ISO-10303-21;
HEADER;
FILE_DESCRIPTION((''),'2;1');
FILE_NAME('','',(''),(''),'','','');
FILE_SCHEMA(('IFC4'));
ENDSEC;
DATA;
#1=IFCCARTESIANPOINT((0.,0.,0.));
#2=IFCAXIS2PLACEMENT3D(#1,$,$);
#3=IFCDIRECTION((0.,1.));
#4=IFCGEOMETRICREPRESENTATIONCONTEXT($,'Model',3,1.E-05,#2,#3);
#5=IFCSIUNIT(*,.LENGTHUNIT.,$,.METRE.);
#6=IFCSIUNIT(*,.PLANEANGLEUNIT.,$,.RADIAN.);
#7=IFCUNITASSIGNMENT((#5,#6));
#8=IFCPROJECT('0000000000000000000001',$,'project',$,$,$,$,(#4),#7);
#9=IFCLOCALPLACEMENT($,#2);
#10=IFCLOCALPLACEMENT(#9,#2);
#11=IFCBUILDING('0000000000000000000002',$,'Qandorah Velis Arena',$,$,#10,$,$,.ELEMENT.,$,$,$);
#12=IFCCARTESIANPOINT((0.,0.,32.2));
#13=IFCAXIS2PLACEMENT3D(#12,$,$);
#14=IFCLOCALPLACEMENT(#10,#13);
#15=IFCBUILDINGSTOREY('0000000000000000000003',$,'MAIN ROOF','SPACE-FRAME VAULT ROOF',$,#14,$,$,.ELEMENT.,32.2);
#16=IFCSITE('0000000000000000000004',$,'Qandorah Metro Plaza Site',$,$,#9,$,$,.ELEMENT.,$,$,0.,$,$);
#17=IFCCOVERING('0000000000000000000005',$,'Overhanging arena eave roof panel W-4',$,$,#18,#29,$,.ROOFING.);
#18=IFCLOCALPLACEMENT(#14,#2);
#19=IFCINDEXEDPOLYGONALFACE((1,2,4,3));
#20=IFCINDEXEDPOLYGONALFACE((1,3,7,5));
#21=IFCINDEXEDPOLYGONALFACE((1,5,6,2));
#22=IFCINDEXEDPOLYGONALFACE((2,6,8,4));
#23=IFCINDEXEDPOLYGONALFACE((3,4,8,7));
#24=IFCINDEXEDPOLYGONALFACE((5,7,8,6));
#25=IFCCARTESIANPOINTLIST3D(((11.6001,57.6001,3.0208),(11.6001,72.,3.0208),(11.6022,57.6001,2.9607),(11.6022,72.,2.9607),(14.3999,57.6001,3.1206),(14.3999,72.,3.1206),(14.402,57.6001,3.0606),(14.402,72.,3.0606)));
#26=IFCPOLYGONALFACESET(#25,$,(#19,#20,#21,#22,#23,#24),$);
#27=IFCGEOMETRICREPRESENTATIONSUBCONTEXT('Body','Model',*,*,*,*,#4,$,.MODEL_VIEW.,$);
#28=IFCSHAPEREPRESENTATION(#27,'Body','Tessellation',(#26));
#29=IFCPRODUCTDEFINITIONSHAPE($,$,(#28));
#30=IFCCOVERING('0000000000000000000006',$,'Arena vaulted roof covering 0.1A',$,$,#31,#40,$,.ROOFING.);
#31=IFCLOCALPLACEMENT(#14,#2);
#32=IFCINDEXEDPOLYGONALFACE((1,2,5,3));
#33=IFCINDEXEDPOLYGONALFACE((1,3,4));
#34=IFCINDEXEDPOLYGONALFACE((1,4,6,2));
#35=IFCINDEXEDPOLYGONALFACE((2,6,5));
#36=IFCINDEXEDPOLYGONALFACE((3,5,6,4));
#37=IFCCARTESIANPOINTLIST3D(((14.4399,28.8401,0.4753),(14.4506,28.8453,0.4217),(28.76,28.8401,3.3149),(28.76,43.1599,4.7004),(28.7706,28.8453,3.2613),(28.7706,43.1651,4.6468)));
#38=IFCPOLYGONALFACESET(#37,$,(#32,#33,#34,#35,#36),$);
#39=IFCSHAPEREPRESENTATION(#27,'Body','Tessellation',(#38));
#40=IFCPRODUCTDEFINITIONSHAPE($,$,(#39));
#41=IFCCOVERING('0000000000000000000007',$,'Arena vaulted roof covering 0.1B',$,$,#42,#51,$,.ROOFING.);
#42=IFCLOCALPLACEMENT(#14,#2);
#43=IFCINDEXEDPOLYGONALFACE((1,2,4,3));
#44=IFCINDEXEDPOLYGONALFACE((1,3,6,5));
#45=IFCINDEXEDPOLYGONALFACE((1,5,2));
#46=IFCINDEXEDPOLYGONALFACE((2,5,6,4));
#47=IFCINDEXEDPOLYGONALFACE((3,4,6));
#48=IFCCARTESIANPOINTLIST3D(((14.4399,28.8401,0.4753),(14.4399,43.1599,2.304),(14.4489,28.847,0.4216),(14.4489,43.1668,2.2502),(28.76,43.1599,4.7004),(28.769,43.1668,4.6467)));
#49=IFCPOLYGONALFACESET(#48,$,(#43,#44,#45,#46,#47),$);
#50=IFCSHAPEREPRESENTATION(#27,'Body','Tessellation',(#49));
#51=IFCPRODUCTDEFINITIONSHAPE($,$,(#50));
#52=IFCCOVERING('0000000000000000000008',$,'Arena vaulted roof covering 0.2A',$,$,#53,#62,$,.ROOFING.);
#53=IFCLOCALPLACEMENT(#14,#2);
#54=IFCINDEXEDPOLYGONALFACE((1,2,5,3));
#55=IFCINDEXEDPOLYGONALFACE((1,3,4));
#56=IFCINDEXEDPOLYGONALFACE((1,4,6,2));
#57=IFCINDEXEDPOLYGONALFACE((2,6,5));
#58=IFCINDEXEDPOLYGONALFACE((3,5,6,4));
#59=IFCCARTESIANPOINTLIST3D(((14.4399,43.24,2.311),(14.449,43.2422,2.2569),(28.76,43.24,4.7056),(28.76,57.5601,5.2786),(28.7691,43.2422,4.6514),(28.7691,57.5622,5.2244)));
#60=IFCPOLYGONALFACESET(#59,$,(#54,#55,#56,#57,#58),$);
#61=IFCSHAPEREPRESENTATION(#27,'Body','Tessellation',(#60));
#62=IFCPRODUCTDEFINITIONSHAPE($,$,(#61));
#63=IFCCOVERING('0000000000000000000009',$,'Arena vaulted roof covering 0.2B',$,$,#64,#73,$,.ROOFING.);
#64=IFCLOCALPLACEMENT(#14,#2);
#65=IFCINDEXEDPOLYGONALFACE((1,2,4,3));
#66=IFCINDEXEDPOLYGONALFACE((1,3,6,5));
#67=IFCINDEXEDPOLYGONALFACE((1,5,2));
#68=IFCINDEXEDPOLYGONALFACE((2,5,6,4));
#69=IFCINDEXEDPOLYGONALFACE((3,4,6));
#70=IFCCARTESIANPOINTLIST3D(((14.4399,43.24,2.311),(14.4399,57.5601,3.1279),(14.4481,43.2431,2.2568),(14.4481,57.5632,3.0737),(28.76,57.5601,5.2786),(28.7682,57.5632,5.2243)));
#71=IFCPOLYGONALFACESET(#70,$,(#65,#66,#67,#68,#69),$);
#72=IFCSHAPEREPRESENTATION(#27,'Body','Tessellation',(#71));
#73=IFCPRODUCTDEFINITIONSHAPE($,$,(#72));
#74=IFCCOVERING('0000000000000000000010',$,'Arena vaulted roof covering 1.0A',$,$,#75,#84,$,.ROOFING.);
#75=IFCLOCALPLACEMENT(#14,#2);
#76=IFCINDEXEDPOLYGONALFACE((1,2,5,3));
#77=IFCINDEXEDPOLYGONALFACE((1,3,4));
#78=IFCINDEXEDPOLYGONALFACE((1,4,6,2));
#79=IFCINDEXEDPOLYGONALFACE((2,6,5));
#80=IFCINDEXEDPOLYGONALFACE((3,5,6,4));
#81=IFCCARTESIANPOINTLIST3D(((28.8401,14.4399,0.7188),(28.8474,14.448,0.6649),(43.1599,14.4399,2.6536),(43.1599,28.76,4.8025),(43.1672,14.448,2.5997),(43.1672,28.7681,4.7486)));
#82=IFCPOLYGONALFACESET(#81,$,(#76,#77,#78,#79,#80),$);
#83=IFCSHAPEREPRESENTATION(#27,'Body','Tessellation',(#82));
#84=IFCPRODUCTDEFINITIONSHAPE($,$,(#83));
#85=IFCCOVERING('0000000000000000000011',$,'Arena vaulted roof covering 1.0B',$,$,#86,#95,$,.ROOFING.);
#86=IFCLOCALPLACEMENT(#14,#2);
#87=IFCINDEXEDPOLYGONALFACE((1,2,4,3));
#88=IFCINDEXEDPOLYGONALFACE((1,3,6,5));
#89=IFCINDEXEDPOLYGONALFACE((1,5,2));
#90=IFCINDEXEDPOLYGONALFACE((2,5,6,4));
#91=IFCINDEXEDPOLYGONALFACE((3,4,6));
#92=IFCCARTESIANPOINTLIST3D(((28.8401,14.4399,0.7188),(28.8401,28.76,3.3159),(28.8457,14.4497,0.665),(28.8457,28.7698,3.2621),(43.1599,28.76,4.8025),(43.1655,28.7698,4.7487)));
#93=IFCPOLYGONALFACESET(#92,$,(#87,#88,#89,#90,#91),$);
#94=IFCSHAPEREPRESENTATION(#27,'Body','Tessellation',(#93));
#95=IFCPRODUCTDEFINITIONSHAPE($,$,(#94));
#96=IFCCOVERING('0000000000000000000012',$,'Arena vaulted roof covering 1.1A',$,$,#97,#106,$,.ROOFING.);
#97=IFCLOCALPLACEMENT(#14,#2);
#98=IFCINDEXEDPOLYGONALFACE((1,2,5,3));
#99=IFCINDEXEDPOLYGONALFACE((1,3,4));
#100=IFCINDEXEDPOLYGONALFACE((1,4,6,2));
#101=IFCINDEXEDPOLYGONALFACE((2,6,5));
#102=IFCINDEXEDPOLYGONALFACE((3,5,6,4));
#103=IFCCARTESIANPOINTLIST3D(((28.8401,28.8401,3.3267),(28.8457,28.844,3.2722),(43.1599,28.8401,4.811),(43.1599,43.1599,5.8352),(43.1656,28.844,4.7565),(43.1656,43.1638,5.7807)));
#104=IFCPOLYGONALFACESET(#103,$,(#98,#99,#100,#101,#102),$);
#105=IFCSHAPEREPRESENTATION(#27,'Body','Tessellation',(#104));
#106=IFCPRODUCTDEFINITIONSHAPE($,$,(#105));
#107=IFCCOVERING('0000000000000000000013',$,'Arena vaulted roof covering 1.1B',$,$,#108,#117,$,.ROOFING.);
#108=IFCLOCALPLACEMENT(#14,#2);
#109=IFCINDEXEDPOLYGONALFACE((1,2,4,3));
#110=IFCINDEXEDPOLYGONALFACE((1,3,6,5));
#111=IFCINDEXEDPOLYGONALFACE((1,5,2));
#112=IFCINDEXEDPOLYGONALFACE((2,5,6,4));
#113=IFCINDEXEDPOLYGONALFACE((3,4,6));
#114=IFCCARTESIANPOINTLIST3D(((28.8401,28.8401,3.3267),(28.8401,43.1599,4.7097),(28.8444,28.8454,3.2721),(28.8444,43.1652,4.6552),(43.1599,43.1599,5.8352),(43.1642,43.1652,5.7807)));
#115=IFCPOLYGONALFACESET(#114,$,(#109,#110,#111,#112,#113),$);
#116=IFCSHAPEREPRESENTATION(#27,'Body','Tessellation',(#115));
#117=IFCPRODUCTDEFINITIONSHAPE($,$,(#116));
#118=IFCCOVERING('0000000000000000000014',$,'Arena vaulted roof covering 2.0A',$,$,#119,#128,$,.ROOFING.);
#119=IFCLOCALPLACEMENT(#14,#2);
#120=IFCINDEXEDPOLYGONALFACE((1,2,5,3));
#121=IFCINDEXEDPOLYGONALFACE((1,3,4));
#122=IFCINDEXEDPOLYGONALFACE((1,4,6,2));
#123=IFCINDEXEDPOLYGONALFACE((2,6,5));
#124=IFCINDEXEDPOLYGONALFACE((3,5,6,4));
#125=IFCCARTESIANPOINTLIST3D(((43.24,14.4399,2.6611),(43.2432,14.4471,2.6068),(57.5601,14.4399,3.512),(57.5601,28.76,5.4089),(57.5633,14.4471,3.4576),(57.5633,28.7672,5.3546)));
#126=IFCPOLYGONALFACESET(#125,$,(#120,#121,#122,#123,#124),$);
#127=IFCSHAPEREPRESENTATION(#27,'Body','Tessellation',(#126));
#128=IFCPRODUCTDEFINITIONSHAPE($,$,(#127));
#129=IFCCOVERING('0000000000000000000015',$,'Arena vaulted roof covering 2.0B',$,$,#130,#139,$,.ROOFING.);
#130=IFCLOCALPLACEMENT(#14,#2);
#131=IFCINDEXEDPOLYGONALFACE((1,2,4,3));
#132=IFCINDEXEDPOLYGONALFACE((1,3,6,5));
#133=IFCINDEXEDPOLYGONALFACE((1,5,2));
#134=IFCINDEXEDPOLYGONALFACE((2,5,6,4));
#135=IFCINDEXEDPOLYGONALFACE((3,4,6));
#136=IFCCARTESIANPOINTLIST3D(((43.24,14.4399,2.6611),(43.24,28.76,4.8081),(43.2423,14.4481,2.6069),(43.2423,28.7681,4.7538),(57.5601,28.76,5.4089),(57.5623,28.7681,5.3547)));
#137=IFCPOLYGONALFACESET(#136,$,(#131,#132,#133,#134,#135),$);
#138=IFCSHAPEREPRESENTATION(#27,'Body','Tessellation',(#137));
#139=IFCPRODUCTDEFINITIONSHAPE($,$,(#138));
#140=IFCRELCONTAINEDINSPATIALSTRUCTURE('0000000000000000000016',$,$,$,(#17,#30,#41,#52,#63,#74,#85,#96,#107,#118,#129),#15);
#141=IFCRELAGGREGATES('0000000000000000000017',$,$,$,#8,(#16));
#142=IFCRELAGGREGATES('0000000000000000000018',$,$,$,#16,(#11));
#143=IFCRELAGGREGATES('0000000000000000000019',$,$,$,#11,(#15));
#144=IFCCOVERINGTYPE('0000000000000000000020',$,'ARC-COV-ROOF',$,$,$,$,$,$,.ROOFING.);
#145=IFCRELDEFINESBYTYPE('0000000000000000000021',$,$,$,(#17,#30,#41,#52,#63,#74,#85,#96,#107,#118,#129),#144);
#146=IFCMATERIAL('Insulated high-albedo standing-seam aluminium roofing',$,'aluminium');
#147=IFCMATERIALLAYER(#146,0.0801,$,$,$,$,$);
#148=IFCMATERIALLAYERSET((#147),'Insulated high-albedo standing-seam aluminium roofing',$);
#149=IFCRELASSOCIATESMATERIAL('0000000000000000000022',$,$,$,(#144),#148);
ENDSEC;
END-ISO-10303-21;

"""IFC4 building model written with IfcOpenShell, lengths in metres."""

from ifc_helpers import new_model, si_unit, direction, frame, origin, place, context, subcontext, project, spatial, polyline, outline, extrude, material, layer, layer_set, type_object, element, save


model = new_model("IFC4")

# Units and contexts
model_context = context("Model", 3, precision=1e-05, world=origin(), true_north=direction((0.0, 1.0)))
body_context = subcontext(model_context, "Body", "Model", "MODEL_VIEW")
ifc_project = project(units=[si_unit("LENGTHUNIT", "METRE"), si_unit("PLANEANGLEUNIT", "RADIAN")], contexts=[model_context])

# Site, building, storey
site_placement = place(None, origin())
site = spatial("IfcSite", under=ifc_project, at=site_placement, Name="Qandorah Metro Plaza Site", CompositionType="ELEMENT", RefElevation=0.0)
building_placement = place(site_placement, origin())
building = spatial("IfcBuilding", under=site, at=building_placement, Name="Qandorah Velis Arena", CompositionType="ELEMENT")
storey_placement = place(building_placement, frame((0.0, 0.0, 32.2)))
storey = spatial("IfcBuildingStorey", under=building, at=storey_placement, Name="MAIN ROOF", Description="SPACE-FRAME VAULT ROOF", CompositionType="ELEMENT", Elevation=32.2)

# Coverings
ifc_material_1 = material(Name="Insulated high-albedo standing-seam aluminium roofing", Category="aluminium")
ifc_layer_1 = layer(ifc_material_1, 0.0801)
ifc_layer_set_1 = layer_set([ifc_layer_1], Name="Insulated high-albedo standing-seam aluminium roofing")
covering_type = type_object("IfcCoveringType", Name="ARC-COV-ROOF", PredefinedType="ROOFING", material=ifc_layer_set_1)
covering_1_placement = place(storey_placement, frame((11.6001, 57.6001, 3.0208), z_axis=(-0.035642, 0.0, 0.999365), x_axis=(0.999365, 0.0, 0.035642)))
element("IfcCovering", 1, at=covering_1_placement, inside=storey, type_object=covering_type, Name="Overhanging arena eave roof panel W-4", PredefinedType="ROOFING", context=body_context, shape_type="SweptSolid", body=[
    extrude(outline(polyline([(0.0, 0.0), (2.8016, 0.0), (2.8016, 14.3999), (0.0, 14.3999), (0.0, 0.0)])), origin(), (0.0, 0.0, -1.0), 0.0601),
])
covering_2_placement = place(storey_placement, frame((14.4399, 28.8401, 0.4753), z_axis=(-0.193638, -0.094481, 0.976513), x_axis=(0.980901, 0.0, 0.194508)))
element("IfcCovering", 2, at=covering_2_placement, inside=storey, type_object=covering_type, Name="Arena vaulted roof covering 0.1A", PredefinedType="ROOFING", context=body_context, shape_type="SweptSolid", body=[
    extrude(outline(polyline([(0.0, 0.0), (14.5989, 0.0), (14.8684, 14.3842), (0.0, 0.0)])), origin(), (0.0, 0.0, -1.0), 0.0549),
])
covering_3_placement = place(storey_placement, frame((14.4399, 28.8401, 0.4753), z_axis=(-0.163762, -0.124959, 0.978554), x_axis=(0.692208, 0.692197, 0.204234)))
element("IfcCovering", 3, at=covering_3_placement, inside=storey, type_object=covering_type, Name="Arena vaulted roof covering 0.1B", PredefinedType="ROOFING", context=body_context, shape_type="SweptSolid", body=[
    extrude(outline(polyline([(0.0, 0.0), (20.6875, 0.0), (10.2856, 10.1295), (0.0, 0.0)])), origin(), (0.0, 0.0, -1.0), 0.0549),
])
covering_4_placement = place(storey_placement, frame((14.4399, 43.24, 2.311), z_axis=(-0.164797, -0.039435, 0.985539), x_axis=(0.986306, 0.0, 0.164925)))
element("IfcCovering", 4, at=covering_4_placement, inside=storey, type_object=covering_type, Name="Arena vaulted roof covering 0.2A", PredefinedType="ROOFING", context=body_context, shape_type="SweptSolid", body=[
    extrude(outline(polyline([(0.0, 0.0), (14.5189, 0.0), (14.6134, 14.3312), (0.0, 0.0)])), origin(), (0.0, 0.0, -1.0), 0.0549),
])
covering_5_placement = place(storey_placement, frame((14.4399, 43.24, 2.311), z_axis=(-0.148282, -0.056323, 0.98734), x_axis=(0.699635, 0.699635, 0.144985)))
element("IfcCovering", 5, at=covering_5_placement, inside=storey, type_object=covering_type, Name="Arena vaulted roof covering 0.2B", PredefinedType="ROOFING", context=body_context, shape_type="SweptSolid", body=[
    extrude(outline(polyline([(0.0, 0.0), (20.4679, 0.0), (10.1373, 10.1473), (0.0, 0.0)])), origin(), (0.0, 0.0, -1.0), 0.0549),
])
covering_6_placement = place(storey_placement, frame((28.8401, 14.4399, 0.7188), z_axis=(-0.132441, -0.147095, 0.980215), x_axis=(0.990995, 0.0, 0.133898)))
element("IfcCovering", 6, at=covering_6_placement, inside=storey, type_object=covering_type, Name="Arena vaulted roof covering 1.0A", PredefinedType="ROOFING", context=body_context, shape_type="SweptSolid", body=[
    extrude(outline(polyline([(0.0, 0.0), (14.4499, 0.0), (14.7377, 14.4775), (0.0, 0.0)])), origin(), (0.0, 0.0, -1.0), 0.0549),
])
covering_7_placement = place(storey_placement, frame((28.8401, 14.4399, 0.7188), z_axis=(-0.101617, -0.177531, 0.978855), x_axis=(0.693148, 0.69316, 0.197673)))
element("IfcCovering", 7, at=covering_7_placement, inside=storey, type_object=covering_type, Name="Arena vaulted roof covering 1.0B", PredefinedType="ROOFING", context=body_context, shape_type="SweptSolid", body=[
    extrude(outline(polyline([(0.0, 0.0), (20.6591, 0.0), (10.4395, 10.1404), (0.0, 0.0)])), origin(), (0.0, 0.0, -1.0), 0.0549),
])
covering_8_placement = place(storey_placement, frame((28.8401, 28.8401, 3.3267), z_axis=(-0.102846, -0.070961, 0.992163), x_axis=(0.99467, 0.0, 0.103106)))
element("IfcCovering", 8, at=covering_8_placement, inside=storey, type_object=covering_type, Name="Arena vaulted roof covering 1.1A", PredefinedType="ROOFING", context=body_context, shape_type="SweptSolid", body=[
    extrude(outline(polyline([(0.0, 0.0), (14.3966, 0.0), (14.5022, 14.356), (0.0, 0.0)])), origin(), (0.0, 0.0, -1.0), 0.0549),
])
covering_9_placement = place(storey_placement, frame((28.8401, 28.8401, 3.3267), z_axis=(-0.077994, -0.095843, 0.992336), x_axis=(0.701744, 0.701744, 0.122931)))
element("IfcCovering", 9, at=covering_9_placement, inside=storey, type_object=covering_type, Name="Arena vaulted roof covering 1.1B", PredefinedType="ROOFING", context=body_context, shape_type="SweptSolid", body=[
    extrude(outline(polyline([(0.0, 0.0), (20.4061, 0.0), (10.2189, 10.1265), (0.0, 0.0)])), origin(), (0.0, 0.0, -1.0), 0.0549),
])
covering_10_placement = place(storey_placement, frame((43.24, 14.4399, 2.6611), z_axis=(-0.058799, -0.131095, 0.989625), x_axis=(0.99824, 0.0, 0.059311)))
element("IfcCovering", 10, at=covering_10_placement, inside=storey, type_object=covering_type, Name="Arena vaulted roof covering 2.0A", PredefinedType="ROOFING", context=body_context, shape_type="SweptSolid", body=[
    extrude(outline(polyline([(0.0, 0.0), (14.3453, 0.0), (14.4578, 14.4447), (0.0, 0.0)])), origin(), (0.0, 0.0, -1.0), 0.0549),
])
covering_11_placement = place(storey_placement, frame((43.24, 14.4399, 2.6611), z_axis=(-0.041458, -0.148143, 0.988097), x_axis=(0.700686, 0.700686, 0.134451)))
element("IfcCovering", 11, at=covering_11_placement, inside=storey, type_object=covering_type, Name="Arena vaulted roof covering 2.0B", PredefinedType="ROOFING", context=body_context, shape_type="SweptSolid", body=[
    extrude(outline(polyline([(0.0, 0.0), (20.4372, 0.0), (10.3225, 10.1548), (0.0, 0.0)])), origin(), (0.0, 0.0, -1.0), 0.0549),
])

save(model, "model.ifc")
